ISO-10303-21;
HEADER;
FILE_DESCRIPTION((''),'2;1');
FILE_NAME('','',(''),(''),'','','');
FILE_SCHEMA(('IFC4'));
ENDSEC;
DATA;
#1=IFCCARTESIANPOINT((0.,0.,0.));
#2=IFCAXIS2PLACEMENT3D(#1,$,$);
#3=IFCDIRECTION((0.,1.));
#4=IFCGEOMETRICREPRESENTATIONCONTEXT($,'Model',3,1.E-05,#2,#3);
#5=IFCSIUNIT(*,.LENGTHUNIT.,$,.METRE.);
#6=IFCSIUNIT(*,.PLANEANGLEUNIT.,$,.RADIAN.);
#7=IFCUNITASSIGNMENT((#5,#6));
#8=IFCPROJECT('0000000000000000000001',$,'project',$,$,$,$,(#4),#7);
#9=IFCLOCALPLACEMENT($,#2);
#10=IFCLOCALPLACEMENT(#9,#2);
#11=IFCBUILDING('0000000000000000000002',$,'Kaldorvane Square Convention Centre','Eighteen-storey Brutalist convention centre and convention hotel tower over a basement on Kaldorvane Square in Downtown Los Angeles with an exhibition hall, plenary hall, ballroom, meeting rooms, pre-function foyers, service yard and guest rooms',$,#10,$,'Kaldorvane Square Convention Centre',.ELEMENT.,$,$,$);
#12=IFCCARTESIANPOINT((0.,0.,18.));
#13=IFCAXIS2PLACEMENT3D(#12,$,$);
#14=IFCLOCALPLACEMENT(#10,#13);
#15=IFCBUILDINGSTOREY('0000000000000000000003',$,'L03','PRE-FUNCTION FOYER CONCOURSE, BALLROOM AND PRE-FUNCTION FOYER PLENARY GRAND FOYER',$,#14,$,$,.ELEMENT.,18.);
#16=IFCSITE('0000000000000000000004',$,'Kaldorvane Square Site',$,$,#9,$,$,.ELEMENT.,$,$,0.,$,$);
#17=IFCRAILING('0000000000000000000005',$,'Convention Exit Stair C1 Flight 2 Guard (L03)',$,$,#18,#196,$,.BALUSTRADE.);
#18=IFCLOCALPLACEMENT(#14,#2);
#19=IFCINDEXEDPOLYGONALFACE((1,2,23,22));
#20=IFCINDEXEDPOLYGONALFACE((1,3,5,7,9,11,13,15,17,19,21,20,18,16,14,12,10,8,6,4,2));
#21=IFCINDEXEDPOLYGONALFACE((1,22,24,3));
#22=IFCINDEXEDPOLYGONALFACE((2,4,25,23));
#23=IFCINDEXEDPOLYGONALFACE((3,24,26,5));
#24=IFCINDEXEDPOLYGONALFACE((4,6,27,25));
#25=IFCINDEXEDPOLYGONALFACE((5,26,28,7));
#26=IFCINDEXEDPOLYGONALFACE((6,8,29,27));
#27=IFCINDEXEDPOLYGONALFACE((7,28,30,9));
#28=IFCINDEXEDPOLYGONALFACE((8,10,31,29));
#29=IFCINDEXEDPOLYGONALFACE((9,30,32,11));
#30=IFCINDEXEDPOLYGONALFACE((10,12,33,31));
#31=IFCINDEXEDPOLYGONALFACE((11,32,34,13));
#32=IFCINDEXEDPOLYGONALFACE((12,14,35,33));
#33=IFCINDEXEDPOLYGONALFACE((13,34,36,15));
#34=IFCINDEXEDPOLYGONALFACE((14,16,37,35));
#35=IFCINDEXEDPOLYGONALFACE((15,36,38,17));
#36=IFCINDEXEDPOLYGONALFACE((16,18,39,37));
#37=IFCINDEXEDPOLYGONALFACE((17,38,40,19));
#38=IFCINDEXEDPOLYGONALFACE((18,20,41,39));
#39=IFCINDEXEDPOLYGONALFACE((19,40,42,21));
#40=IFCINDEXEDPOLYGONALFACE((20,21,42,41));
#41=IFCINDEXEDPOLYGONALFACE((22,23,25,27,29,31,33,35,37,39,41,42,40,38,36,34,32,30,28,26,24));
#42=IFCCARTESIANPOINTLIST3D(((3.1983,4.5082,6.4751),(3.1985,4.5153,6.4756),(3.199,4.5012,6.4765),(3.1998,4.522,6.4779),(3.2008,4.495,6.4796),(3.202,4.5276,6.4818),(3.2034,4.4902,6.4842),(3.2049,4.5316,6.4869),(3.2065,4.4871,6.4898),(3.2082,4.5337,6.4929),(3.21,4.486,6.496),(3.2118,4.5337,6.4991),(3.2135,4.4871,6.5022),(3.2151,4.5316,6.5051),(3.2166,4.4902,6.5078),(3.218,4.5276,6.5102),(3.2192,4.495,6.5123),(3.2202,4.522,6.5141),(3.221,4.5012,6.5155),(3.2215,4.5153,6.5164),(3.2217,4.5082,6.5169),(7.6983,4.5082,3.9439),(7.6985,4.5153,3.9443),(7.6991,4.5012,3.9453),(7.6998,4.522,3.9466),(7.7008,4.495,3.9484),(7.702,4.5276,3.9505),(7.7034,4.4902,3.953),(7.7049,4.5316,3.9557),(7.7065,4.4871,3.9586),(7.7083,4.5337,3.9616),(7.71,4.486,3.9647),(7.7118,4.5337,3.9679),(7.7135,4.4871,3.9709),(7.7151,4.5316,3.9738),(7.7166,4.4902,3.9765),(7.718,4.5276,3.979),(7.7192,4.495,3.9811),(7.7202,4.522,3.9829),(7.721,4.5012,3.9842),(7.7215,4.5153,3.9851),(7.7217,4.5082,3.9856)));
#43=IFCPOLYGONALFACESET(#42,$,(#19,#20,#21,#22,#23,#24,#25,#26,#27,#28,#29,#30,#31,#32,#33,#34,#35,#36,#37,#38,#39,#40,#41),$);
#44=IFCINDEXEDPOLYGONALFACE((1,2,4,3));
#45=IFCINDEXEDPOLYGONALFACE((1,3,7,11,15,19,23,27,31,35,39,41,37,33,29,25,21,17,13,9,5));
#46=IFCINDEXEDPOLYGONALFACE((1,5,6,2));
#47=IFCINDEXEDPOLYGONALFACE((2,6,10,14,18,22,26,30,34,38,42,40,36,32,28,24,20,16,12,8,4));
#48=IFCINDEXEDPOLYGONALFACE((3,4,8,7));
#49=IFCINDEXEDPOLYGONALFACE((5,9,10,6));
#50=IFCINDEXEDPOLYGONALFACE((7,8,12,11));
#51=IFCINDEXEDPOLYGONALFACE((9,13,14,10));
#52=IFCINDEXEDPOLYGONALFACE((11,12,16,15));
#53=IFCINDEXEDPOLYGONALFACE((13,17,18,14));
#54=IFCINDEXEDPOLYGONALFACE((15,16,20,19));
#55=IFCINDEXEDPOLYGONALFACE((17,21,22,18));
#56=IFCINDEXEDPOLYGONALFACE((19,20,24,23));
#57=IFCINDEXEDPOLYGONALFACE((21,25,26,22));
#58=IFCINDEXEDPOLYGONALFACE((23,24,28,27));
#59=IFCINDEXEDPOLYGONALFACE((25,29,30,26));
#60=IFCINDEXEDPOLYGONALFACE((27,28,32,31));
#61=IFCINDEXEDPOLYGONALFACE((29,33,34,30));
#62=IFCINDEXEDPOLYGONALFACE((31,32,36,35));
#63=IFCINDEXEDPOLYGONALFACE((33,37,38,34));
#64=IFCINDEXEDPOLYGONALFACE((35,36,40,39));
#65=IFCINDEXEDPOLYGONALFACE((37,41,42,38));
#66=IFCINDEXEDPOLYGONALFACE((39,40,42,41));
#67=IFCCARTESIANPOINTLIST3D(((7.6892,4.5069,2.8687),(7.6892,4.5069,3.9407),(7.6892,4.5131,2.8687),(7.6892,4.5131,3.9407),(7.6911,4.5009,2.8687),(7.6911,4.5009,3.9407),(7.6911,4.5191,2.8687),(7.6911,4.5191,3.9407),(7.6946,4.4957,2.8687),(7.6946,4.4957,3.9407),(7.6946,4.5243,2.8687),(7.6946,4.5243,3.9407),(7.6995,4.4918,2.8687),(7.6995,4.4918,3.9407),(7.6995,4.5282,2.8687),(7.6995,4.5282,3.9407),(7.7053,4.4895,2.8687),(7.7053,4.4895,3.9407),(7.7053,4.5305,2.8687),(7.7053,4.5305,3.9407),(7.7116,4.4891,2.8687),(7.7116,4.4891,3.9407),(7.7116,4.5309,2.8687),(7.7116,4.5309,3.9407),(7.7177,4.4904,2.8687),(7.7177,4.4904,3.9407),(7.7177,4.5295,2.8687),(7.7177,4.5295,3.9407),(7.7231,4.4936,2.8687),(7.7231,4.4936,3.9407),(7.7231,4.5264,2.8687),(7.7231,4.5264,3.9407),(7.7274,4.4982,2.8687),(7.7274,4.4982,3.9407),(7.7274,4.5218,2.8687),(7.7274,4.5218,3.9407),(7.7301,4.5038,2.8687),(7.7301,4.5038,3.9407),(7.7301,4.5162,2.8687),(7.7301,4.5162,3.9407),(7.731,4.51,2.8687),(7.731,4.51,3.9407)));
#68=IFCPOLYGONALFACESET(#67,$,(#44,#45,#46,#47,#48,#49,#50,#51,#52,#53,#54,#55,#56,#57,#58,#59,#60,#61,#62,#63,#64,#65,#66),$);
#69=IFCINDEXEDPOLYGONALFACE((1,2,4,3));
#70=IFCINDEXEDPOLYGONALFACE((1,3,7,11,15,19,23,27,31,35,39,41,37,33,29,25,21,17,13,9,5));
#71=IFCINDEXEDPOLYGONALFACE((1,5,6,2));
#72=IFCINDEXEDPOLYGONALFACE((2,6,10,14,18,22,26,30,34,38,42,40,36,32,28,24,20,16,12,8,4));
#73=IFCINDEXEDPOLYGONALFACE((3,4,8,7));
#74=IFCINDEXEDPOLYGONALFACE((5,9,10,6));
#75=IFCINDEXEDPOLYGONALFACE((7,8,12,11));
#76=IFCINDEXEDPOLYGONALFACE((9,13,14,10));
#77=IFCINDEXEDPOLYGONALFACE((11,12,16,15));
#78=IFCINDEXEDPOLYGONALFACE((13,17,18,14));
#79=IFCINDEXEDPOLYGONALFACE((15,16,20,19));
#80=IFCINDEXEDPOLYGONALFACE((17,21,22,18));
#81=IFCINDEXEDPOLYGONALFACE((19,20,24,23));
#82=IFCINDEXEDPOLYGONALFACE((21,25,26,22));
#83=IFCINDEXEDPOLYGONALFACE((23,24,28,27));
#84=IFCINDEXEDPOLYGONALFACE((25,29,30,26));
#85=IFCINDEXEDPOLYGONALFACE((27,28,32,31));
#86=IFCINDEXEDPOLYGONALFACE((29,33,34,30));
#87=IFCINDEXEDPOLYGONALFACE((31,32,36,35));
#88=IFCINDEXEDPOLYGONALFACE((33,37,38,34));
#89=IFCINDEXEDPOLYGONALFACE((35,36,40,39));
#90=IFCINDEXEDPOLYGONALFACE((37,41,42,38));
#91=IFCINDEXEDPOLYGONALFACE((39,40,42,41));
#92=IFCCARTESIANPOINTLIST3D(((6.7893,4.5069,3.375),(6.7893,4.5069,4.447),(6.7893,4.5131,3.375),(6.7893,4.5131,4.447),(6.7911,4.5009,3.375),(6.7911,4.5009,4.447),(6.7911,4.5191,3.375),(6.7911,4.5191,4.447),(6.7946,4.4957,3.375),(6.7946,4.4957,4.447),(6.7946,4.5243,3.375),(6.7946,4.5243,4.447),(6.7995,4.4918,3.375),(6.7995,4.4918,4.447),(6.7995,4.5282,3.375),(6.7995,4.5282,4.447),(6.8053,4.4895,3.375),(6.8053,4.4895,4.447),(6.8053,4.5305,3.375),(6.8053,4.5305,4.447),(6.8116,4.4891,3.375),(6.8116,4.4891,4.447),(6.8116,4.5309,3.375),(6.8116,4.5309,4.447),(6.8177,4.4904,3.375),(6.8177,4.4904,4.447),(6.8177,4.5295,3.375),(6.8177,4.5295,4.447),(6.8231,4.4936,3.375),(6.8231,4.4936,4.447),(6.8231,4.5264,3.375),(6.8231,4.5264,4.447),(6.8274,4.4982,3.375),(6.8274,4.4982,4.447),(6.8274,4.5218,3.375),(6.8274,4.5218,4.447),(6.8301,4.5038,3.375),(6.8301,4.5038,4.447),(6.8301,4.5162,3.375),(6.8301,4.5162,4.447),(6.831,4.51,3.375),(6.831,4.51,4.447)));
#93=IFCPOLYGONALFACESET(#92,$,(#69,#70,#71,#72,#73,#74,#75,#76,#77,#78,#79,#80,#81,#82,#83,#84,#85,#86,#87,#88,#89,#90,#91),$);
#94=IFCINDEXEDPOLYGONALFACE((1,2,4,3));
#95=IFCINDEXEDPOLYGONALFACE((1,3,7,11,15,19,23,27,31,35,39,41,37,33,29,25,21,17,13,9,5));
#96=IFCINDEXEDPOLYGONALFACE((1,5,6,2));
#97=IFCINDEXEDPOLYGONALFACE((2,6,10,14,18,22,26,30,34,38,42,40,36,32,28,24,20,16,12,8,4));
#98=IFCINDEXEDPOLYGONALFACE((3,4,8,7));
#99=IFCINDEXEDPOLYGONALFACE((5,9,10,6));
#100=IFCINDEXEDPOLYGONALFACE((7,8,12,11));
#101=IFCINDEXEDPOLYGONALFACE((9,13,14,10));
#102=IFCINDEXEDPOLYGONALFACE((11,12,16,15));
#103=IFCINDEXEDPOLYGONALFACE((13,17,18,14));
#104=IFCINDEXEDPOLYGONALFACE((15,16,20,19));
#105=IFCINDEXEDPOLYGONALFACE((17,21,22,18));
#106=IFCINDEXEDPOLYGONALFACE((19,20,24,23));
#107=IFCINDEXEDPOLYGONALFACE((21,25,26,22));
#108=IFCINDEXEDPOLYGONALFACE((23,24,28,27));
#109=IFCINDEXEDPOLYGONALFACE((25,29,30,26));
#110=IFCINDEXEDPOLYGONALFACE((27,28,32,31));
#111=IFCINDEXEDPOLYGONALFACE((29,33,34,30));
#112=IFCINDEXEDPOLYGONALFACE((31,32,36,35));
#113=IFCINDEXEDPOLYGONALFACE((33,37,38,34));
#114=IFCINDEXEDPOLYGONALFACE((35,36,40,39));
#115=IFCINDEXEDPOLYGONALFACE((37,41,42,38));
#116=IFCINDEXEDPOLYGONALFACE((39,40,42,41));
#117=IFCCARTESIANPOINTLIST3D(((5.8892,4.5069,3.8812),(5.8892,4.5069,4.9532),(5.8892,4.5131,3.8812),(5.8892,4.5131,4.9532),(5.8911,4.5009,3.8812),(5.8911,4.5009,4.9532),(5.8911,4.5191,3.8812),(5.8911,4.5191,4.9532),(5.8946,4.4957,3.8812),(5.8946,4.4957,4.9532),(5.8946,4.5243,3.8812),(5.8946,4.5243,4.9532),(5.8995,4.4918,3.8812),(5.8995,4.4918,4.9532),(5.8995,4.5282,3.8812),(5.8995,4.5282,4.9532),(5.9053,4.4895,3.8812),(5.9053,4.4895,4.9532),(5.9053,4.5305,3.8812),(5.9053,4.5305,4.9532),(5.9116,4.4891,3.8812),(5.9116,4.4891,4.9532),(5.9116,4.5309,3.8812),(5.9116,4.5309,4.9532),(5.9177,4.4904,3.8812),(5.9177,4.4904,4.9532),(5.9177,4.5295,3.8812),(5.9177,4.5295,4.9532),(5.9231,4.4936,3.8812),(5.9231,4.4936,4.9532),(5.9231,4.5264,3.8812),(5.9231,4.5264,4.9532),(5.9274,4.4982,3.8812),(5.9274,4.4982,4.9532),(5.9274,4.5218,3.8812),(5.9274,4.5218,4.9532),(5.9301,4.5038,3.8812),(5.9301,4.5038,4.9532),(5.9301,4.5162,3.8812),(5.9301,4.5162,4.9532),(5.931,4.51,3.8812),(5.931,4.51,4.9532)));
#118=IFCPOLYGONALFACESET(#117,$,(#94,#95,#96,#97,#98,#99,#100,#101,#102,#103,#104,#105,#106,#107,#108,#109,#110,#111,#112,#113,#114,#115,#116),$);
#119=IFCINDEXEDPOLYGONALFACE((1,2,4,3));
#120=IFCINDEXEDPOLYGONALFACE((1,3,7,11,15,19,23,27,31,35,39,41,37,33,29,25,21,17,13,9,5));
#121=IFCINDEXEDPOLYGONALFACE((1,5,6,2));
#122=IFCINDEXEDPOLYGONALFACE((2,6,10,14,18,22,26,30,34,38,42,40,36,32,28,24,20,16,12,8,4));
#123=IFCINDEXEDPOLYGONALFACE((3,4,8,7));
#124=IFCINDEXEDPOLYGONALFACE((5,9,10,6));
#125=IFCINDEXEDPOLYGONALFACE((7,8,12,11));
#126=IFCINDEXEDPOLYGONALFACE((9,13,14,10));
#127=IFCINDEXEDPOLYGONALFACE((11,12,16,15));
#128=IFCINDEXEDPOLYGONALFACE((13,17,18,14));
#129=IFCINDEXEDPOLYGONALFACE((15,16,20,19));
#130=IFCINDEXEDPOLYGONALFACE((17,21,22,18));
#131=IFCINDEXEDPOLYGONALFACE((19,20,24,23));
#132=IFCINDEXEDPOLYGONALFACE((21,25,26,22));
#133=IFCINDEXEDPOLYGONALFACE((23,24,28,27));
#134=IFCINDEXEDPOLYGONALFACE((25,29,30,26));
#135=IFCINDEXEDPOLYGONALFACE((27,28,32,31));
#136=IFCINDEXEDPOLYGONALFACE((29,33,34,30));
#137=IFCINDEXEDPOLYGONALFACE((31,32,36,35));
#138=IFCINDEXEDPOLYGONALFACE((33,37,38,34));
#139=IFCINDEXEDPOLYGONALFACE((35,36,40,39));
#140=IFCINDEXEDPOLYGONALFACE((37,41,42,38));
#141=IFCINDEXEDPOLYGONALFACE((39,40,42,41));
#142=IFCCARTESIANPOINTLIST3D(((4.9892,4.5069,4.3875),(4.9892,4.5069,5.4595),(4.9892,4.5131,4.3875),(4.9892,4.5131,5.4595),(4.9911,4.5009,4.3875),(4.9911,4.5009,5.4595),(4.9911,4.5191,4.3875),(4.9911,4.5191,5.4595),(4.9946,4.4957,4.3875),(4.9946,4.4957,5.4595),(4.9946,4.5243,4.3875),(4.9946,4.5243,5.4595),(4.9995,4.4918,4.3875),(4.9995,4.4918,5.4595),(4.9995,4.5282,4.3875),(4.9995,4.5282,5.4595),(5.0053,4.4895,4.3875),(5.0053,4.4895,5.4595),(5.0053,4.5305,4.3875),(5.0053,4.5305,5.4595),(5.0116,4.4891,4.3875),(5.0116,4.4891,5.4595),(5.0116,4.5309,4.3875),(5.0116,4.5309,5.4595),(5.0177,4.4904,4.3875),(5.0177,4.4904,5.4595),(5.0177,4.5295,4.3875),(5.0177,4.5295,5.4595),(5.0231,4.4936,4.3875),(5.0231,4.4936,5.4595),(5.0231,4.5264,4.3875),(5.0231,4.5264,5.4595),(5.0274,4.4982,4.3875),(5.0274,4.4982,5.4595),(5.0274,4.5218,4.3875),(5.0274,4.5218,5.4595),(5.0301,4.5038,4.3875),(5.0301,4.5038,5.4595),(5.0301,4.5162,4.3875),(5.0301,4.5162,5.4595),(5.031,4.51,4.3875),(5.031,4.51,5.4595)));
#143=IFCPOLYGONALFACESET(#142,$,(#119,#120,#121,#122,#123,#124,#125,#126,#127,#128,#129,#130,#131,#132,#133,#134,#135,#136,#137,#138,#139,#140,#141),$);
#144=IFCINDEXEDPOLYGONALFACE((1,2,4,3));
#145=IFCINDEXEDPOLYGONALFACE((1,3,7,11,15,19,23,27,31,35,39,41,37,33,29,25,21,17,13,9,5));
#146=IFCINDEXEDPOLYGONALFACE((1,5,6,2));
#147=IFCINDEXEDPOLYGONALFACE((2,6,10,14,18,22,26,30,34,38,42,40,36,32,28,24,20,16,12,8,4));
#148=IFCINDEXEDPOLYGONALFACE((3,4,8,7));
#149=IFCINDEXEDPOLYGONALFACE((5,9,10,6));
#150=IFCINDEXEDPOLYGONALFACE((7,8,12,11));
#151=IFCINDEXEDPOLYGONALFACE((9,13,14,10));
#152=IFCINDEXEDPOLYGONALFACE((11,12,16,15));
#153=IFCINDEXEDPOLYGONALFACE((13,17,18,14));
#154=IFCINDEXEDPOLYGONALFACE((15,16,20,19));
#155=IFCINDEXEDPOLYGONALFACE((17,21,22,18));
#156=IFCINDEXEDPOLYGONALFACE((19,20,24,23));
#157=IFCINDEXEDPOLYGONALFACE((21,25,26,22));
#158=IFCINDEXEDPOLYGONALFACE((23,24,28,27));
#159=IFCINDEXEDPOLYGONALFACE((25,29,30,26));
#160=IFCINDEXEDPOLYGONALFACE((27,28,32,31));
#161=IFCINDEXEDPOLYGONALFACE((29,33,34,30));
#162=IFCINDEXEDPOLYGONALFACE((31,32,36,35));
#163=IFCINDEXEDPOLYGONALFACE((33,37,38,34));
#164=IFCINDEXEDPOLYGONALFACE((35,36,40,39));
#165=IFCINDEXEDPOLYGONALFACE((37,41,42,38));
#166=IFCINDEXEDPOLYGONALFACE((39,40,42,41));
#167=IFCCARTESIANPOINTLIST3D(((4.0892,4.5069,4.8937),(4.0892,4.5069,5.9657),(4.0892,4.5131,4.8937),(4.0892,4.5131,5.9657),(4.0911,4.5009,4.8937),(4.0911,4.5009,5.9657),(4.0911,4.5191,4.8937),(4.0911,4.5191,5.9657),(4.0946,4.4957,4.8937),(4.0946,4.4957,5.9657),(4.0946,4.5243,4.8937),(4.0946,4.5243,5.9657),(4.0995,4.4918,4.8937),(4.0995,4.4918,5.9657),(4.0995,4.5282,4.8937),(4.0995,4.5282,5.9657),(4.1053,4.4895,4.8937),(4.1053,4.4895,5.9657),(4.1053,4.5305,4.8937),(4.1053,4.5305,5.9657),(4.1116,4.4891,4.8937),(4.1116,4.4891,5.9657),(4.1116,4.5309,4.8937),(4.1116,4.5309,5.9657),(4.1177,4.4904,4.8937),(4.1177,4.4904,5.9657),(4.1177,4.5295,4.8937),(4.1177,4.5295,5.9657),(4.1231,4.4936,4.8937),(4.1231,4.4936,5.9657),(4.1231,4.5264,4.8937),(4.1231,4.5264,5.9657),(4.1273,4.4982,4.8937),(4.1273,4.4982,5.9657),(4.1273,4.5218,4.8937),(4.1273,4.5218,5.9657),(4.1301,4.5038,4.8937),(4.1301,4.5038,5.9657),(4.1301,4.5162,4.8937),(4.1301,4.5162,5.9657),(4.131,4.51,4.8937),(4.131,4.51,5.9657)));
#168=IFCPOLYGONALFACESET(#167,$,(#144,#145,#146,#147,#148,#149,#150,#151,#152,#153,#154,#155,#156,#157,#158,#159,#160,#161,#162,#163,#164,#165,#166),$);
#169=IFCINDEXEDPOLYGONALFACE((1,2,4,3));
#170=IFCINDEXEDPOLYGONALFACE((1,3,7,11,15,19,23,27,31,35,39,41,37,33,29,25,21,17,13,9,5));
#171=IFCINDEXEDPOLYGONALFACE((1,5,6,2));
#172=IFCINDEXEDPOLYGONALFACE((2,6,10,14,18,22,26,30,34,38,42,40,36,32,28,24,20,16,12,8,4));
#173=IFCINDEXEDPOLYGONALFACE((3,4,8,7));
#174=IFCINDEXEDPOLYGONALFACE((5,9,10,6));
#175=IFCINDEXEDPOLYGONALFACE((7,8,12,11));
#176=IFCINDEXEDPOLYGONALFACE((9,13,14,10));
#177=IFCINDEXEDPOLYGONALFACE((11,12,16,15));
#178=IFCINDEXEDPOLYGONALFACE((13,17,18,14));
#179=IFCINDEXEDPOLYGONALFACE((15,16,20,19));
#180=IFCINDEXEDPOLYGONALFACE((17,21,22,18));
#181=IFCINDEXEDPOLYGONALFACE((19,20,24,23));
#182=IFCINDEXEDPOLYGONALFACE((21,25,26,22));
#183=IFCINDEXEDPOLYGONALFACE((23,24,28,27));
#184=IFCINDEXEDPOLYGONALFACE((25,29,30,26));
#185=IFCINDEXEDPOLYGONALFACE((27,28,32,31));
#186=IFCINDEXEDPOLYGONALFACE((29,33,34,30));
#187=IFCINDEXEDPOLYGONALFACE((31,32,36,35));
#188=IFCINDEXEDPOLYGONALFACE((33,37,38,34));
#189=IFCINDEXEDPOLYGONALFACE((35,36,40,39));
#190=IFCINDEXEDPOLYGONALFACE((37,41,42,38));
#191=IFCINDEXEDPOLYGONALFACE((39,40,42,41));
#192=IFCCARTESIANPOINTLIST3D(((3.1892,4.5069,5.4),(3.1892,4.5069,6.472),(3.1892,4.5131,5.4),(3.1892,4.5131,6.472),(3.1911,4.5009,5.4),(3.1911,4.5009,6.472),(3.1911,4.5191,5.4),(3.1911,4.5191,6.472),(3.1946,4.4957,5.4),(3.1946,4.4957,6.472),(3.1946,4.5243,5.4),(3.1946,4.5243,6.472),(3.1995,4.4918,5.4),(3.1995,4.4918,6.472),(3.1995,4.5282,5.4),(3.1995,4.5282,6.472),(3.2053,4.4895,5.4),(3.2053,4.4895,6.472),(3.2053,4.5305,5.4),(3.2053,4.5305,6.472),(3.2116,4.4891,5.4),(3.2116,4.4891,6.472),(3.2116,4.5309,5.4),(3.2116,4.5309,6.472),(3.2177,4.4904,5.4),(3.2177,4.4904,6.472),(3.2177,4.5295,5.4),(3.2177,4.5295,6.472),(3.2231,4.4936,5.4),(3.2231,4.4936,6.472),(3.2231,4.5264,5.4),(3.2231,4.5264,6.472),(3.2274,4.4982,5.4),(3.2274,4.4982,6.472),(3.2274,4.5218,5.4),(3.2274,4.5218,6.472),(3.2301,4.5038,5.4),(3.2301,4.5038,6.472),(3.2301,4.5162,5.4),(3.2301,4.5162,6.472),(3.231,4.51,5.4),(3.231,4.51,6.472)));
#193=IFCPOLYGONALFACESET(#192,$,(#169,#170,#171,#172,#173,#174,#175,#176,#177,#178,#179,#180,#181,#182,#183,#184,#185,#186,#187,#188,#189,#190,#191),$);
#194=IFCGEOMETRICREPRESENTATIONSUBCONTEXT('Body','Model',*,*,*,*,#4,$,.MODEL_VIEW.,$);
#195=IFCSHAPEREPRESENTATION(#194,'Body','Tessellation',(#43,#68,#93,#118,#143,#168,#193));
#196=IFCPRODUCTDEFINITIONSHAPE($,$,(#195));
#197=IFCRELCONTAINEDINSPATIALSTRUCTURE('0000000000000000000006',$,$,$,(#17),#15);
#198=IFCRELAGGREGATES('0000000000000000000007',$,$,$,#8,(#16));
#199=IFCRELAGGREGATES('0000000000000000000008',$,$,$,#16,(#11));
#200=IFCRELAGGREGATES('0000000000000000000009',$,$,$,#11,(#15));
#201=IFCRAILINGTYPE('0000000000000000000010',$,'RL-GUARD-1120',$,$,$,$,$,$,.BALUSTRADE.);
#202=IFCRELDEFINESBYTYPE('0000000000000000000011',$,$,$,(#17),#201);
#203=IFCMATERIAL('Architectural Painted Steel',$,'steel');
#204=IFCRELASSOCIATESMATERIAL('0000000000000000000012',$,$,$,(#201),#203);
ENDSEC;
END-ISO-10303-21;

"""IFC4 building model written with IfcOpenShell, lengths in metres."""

from ifc_helpers import new_model, si_unit, direction, frame, origin, origin_2d, place, context, subcontext, project, spatial, circle, extrude, material, type_object, element, save


model = new_model("IFC4")

# Units and contexts
model_context = context("Model", 3, precision=1e-05, world=origin(), true_north=direction((0.0, 1.0)))
body_context = subcontext(model_context, "Body", "Model", "MODEL_VIEW")
ifc_project = project(units=[si_unit("LENGTHUNIT", "METRE"), si_unit("PLANEANGLEUNIT", "RADIAN")], contexts=[model_context])

# Site, building, storey
site_placement = place(None, origin())
site = spatial("IfcSite", under=ifc_project, at=site_placement, Name="Kaldorvane Square Site", CompositionType="ELEMENT", RefElevation=0.0)
building_placement = place(site_placement, origin())
building = spatial("IfcBuilding", under=site, at=building_placement, Name="Kaldorvane Square Convention Centre", Description="Eighteen-storey Brutalist convention centre and convention hotel tower over a basement on Kaldorvane Square in Downtown Los Angeles with an exhibition hall, plenary hall, ballroom, meeting rooms, pre-function foyers, service yard and guest rooms", LongName="Kaldorvane Square Convention Centre", CompositionType="ELEMENT")
storey_placement = place(building_placement, frame((0.0, 0.0, 18.0)))
storey = spatial("IfcBuildingStorey", under=building, at=storey_placement, Name="L03", Description="PRE-FUNCTION FOYER CONCOURSE, BALLROOM AND PRE-FUNCTION FOYER PLENARY GRAND FOYER", CompositionType="ELEMENT", Elevation=18.0)

# Railing
ifc_material_1 = material(Name="Architectural Painted Steel", Category="steel")
railing_type_1 = type_object("IfcRailingType", Name="RL-GUARD-1120", PredefinedType="BALUSTRADE", material=ifc_material_1)
railing_1_placement = place(storey_placement, frame((7.71, 4.51, 2.8687)))
element("IfcRailing", 1, at=railing_1_placement, inside=storey, type_object=railing_type_1, Name="Convention Exit Stair C1 Flight 2 Guard (L03)", PredefinedType="BALUSTRADE", context=body_context, shape_type="SweptSolid", body=[
    extrude(circle(Radius=0.024, at=origin_2d()), frame((0.0, 0.0, 1.096), z_axis=(-0.871576, 0.0, 0.490261), x_axis=(0.0, -1.0, 0.0)), (0.0, 0.0, 1.0), 5.1631),
    extrude(circle(Radius=0.021, at=origin_2d()), origin(), (0.0, 0.0, 1.0), 1.072),
    extrude(circle(Radius=0.021, at=origin_2d()), frame((-0.9, 0.0, 0.5063)), (0.0, 0.0, 1.0), 1.072),
    extrude(circle(Radius=0.021, at=origin_2d()), frame((-1.8, 0.0, 1.0125)), (0.0, 0.0, 1.0), 1.072),
    extrude(circle(Radius=0.021, at=origin_2d()), frame((-2.7, 0.0, 1.5188)), (0.0, 0.0, 1.0), 1.072),
    extrude(circle(Radius=0.021, at=origin_2d()), frame((-3.6, 0.0, 2.025)), (0.0, 0.0, 1.0), 1.072),
    extrude(circle(Radius=0.021, at=origin_2d()), frame((-4.5, 0.0, 2.5312)), (0.0, 0.0, 1.0), 1.072),
])

save(model, "model.ifc")
